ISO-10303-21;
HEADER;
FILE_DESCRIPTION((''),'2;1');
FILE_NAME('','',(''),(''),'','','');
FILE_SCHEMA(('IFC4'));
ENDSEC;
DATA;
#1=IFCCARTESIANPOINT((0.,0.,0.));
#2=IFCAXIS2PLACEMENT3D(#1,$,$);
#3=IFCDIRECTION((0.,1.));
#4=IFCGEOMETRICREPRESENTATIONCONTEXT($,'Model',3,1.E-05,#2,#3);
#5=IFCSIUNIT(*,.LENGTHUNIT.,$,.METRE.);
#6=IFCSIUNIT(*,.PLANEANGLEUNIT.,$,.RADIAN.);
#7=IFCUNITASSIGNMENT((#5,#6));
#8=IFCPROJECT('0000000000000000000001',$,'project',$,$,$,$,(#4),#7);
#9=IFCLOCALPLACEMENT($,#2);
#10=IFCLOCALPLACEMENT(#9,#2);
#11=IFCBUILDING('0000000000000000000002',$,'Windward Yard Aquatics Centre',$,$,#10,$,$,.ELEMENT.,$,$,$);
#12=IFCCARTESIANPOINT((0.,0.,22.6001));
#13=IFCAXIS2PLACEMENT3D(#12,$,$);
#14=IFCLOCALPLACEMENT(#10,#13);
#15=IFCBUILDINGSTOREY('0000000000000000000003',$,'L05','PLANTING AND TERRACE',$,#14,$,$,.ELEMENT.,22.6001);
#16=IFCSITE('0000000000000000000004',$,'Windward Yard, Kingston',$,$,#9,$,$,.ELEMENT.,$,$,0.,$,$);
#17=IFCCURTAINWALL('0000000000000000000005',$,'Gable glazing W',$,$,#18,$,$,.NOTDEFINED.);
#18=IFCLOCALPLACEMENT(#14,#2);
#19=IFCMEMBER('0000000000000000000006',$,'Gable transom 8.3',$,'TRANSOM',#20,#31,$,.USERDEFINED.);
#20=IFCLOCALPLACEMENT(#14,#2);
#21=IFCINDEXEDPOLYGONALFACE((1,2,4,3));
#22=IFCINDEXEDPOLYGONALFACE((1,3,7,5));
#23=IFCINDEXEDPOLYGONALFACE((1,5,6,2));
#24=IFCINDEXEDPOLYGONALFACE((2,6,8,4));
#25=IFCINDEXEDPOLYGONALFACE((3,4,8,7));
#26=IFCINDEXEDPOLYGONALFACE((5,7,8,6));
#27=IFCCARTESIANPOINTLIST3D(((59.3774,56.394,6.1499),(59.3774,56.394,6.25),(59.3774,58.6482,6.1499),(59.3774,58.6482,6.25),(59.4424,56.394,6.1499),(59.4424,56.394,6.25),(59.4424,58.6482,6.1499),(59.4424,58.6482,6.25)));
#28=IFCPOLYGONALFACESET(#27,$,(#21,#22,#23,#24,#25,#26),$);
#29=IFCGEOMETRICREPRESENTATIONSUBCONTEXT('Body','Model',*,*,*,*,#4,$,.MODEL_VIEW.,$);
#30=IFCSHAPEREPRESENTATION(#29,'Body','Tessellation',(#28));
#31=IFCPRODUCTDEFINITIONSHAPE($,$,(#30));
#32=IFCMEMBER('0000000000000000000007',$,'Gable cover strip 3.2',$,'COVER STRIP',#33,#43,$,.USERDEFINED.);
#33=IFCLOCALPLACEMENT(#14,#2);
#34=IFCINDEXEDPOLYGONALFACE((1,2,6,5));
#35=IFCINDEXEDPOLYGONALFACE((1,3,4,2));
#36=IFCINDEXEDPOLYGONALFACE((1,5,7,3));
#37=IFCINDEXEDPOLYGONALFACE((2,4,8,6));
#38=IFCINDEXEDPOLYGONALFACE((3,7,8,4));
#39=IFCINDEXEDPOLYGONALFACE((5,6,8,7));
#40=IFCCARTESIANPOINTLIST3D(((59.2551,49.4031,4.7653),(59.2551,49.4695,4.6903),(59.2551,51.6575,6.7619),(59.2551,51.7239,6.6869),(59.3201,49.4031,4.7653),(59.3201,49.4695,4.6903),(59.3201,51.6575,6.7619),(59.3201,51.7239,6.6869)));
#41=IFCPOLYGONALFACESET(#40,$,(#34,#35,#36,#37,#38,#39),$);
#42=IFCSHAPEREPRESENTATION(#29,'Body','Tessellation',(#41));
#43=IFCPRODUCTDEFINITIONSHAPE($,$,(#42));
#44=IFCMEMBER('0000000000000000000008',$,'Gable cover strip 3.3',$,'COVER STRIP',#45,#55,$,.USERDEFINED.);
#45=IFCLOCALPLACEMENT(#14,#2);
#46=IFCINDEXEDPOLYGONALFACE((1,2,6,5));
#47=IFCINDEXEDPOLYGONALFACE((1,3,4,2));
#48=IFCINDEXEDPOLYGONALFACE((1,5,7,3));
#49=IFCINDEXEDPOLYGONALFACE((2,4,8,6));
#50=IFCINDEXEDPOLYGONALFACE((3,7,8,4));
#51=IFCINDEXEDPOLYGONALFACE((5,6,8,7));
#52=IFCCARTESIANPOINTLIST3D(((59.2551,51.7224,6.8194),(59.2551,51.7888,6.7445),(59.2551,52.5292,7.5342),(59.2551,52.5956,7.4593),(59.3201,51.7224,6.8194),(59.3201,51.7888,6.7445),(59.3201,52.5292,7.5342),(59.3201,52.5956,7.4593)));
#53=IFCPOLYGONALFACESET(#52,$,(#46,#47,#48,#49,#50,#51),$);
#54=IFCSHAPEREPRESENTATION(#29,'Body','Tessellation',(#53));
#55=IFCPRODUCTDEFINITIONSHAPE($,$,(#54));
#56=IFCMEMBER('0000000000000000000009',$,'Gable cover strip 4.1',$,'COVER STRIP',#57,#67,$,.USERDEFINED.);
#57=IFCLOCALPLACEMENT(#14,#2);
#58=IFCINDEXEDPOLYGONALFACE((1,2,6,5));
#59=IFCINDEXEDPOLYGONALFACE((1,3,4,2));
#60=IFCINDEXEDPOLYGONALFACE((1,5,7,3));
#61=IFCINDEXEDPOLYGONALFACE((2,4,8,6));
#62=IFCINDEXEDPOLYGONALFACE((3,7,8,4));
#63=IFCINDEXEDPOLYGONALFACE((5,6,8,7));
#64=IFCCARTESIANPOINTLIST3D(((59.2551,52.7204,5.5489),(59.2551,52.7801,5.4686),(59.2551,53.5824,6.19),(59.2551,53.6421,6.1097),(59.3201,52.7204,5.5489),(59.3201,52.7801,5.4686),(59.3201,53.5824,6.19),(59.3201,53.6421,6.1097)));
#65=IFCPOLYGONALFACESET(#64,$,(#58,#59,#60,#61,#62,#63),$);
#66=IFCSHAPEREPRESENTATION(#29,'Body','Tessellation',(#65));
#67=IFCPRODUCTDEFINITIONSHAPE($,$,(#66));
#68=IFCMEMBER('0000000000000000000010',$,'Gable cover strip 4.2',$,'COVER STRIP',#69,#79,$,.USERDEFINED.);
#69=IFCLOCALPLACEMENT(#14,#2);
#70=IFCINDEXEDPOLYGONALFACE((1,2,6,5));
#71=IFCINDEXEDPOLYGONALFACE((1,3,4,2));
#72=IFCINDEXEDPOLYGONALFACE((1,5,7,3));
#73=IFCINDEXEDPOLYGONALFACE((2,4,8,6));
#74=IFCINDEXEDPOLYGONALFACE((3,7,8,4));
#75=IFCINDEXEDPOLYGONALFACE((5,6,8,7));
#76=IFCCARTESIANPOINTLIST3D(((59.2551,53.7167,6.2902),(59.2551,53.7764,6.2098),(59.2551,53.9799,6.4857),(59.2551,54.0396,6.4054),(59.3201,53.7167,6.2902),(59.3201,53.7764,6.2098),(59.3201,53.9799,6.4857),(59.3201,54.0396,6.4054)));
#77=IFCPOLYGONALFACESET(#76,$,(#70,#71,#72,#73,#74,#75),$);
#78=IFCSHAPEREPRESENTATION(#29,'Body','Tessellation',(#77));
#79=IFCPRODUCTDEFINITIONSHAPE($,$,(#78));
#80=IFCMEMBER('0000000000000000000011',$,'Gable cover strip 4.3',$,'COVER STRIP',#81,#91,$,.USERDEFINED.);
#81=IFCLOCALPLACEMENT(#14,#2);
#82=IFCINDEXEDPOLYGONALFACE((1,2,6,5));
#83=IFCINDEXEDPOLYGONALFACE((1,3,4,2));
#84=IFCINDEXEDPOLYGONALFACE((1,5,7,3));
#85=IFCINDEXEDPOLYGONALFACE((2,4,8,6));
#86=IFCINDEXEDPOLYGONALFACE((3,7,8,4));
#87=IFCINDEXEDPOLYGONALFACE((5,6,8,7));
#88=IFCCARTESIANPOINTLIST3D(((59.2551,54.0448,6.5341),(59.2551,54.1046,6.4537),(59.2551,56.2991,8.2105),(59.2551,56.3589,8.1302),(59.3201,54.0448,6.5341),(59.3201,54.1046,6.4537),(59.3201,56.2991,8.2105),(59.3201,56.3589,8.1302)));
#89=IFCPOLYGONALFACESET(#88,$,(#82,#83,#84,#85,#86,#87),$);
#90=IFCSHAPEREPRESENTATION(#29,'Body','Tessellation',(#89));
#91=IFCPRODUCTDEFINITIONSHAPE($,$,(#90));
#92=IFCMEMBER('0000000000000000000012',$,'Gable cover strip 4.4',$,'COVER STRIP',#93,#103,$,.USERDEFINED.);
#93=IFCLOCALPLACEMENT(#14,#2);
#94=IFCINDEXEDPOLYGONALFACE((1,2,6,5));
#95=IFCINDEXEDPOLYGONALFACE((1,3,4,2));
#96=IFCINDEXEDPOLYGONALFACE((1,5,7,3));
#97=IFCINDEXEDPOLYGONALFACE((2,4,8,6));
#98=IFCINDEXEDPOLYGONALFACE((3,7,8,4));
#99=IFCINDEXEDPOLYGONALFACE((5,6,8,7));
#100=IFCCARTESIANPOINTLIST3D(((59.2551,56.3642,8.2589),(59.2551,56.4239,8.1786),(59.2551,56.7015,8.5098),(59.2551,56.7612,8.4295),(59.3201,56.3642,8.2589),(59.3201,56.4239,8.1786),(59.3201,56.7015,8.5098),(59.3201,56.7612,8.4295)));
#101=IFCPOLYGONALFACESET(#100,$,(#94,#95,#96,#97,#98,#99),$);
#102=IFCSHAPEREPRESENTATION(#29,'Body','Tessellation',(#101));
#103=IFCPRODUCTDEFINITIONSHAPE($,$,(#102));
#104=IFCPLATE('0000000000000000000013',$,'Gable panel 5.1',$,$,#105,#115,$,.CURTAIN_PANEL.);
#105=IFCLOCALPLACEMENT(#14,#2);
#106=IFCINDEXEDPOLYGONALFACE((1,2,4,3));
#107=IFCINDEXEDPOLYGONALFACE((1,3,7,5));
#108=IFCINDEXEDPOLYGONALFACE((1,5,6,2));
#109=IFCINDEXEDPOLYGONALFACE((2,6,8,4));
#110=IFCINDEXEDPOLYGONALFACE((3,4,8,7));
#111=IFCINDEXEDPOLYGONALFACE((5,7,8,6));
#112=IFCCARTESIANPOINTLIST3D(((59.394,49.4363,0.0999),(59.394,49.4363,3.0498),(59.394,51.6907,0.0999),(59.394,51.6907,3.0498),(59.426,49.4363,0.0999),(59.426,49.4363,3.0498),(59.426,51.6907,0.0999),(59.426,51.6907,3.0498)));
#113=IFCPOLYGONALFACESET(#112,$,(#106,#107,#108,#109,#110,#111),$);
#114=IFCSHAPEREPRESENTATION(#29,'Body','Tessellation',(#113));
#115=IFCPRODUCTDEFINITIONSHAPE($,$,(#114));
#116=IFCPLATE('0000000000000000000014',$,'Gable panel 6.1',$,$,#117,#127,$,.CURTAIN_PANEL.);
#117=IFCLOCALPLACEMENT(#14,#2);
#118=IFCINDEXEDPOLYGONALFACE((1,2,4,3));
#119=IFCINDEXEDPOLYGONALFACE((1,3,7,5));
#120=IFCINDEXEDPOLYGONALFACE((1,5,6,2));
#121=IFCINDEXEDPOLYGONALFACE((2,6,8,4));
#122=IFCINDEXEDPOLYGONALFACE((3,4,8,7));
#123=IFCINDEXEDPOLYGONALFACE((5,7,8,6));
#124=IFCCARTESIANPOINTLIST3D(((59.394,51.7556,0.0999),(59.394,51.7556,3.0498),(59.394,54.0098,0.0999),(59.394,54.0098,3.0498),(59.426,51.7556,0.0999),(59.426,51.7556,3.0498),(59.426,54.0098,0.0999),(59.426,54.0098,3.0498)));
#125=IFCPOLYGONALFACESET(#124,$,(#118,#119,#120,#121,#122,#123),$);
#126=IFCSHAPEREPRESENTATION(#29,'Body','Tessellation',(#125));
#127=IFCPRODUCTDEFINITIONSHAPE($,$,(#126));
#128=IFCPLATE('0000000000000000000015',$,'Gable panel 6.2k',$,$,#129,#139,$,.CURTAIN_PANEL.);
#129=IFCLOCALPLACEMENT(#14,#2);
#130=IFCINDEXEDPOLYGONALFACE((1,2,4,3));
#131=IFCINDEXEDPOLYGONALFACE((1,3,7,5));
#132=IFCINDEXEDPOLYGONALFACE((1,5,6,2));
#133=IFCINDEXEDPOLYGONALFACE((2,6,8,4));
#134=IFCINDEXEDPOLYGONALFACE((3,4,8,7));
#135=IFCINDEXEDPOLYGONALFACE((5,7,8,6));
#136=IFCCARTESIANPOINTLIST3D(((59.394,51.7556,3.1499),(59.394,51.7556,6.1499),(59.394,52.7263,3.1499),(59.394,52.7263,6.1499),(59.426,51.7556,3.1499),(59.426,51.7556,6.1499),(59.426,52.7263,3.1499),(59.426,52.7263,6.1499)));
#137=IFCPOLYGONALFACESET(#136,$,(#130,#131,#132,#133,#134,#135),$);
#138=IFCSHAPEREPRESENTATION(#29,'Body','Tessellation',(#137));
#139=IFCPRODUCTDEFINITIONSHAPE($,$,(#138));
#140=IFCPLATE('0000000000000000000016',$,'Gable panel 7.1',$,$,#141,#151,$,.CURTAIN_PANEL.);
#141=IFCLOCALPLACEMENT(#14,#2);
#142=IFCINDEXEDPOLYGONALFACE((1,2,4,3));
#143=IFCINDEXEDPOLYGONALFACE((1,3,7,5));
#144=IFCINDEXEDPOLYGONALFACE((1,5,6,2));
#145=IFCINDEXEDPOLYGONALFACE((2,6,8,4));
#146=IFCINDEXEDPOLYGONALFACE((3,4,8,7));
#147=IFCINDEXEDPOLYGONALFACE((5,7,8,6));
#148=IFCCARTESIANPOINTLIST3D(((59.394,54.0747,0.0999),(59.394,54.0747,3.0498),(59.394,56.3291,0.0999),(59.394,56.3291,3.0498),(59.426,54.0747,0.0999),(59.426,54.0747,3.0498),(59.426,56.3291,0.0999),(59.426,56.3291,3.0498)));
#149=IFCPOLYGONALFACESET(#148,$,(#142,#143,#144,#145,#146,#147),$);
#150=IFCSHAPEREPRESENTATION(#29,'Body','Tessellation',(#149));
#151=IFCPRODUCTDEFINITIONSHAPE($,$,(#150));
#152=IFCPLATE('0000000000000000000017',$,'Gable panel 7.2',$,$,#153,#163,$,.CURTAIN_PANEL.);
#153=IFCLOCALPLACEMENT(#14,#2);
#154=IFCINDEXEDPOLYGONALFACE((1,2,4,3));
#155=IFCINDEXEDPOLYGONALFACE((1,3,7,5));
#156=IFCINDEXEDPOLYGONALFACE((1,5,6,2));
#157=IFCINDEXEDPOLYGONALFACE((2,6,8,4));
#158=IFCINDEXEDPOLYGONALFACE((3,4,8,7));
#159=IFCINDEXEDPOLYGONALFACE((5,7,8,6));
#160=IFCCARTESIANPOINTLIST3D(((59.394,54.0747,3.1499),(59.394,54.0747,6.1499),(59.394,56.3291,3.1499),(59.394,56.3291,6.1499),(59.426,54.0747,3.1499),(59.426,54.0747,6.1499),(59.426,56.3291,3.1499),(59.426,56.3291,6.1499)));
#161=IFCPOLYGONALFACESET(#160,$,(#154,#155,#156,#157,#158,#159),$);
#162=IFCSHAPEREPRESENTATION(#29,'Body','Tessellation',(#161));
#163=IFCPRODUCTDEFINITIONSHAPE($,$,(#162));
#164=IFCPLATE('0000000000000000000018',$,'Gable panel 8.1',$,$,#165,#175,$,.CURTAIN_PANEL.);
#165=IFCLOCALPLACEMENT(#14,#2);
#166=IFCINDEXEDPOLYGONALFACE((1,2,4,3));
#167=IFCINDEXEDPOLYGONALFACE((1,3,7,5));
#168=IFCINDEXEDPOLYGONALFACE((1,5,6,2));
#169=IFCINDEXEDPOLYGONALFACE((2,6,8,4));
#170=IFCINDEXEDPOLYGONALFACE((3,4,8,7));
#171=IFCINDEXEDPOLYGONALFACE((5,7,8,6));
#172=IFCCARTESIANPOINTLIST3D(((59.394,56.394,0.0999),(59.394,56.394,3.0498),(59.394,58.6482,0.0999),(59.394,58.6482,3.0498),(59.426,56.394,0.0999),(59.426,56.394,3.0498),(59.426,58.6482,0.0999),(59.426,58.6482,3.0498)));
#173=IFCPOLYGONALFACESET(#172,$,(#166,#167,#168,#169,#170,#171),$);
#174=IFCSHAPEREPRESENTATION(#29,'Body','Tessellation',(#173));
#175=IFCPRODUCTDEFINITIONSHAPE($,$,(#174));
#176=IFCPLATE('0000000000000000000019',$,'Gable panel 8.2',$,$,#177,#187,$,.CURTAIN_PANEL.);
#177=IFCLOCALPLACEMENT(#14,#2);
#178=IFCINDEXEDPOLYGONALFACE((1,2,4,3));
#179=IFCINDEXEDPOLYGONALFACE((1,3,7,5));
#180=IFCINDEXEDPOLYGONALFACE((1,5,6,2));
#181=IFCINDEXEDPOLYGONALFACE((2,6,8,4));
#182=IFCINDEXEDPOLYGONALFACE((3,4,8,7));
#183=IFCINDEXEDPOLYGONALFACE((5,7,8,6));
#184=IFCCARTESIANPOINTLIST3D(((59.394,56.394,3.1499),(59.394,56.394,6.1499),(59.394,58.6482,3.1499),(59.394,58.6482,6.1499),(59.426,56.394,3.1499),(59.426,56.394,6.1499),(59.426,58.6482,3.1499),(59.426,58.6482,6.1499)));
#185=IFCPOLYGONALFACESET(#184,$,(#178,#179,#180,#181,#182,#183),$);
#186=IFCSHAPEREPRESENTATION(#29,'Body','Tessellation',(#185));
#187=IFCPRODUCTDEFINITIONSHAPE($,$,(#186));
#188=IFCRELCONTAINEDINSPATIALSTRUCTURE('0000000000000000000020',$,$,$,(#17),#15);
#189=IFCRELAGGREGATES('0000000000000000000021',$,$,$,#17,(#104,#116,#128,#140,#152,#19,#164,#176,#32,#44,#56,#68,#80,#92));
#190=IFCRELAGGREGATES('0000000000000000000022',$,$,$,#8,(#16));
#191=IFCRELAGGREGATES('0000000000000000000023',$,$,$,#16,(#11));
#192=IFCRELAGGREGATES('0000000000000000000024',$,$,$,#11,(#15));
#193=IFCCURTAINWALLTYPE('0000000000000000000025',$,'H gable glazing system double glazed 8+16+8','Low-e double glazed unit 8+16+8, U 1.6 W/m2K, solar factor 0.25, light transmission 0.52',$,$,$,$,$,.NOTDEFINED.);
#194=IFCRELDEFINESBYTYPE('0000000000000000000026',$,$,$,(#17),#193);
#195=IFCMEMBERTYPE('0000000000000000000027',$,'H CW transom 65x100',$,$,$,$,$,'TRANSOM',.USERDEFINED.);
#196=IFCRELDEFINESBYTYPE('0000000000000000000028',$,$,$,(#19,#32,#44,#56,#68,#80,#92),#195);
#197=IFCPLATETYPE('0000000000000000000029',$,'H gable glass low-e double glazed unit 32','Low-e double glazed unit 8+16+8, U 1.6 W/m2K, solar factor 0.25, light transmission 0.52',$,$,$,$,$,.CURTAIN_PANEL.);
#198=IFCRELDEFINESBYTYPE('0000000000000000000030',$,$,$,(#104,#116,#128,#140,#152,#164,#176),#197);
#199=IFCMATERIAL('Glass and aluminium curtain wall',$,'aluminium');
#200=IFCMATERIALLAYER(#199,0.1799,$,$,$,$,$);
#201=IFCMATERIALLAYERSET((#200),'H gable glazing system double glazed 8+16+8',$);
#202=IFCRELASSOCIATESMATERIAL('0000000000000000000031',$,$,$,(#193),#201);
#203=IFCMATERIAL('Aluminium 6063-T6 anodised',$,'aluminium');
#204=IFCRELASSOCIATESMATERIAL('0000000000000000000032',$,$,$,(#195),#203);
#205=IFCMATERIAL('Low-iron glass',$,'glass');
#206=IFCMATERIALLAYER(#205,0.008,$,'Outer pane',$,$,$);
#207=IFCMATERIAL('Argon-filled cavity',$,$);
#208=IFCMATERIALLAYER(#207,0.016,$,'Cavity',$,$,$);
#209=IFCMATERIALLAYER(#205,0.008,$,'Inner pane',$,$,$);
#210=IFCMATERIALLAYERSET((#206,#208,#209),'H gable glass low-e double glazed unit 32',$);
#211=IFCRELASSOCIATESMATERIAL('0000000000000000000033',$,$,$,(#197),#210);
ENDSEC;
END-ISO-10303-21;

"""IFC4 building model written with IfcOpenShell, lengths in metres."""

from ifc_helpers import new_model, si_unit, direction, frame, origin, origin_2d, place, context, subcontext, project, spatial, polyline, rectangle, outline, extrude, material, layer, layer_set, material_profile, profile_set, type_object, element, aggregate, save


model = new_model("IFC4")

# Units and contexts
model_context = context("Model", 3, precision=1e-05, world=origin(), true_north=direction((0.0, 1.0)))
body_context = subcontext(model_context, "Body", "Model", "MODEL_VIEW")
ifc_project = project(units=[si_unit("LENGTHUNIT", "METRE"), si_unit("PLANEANGLEUNIT", "RADIAN")], contexts=[model_context])

# Site, building, storey
site_placement = place(None, origin())
site = spatial("IfcSite", under=ifc_project, at=site_placement, Name="Windward Yard, Kingston", CompositionType="ELEMENT", RefElevation=0.0)
building_placement = place(site_placement, origin())
building = spatial("IfcBuilding", under=site, at=building_placement, Name="Windward Yard Aquatics Centre", CompositionType="ELEMENT")
storey_placement = place(building_placement, frame((0.0, 0.0, 22.6001)))
storey = spatial("IfcBuildingStorey", under=building, at=storey_placement, Name="L05", Description="PLANTING AND TERRACE", CompositionType="ELEMENT", Elevation=22.6001)

# Curtain wall, members, plates
ifc_material_1 = material(Name="Glass and aluminium curtain wall", Category="aluminium")
ifc_layer_1 = layer(ifc_material_1, 0.1799)
ifc_layer_set_1 = layer_set([ifc_layer_1], Name="H gable glazing system double glazed 8+16+8")
curtain_wall_type = type_object("IfcCurtainWallType", Name="H gable glazing system double glazed 8+16+8", Description="Low-e double glazed unit 8+16+8, U 1.6 W/m2K, solar factor 0.25, light transmission 0.52", PredefinedType="NOTDEFINED", material=ifc_layer_set_1)
curtain_wall_placement = place(storey_placement, origin())
curtain_wall = element("IfcCurtainWall", 1, at=curtain_wall_placement, inside=storey, type_object=curtain_wall_type, Name="Gable glazing W", PredefinedType="NOTDEFINED")
ifc_material_2 = material(Name="Aluminium 6063-T6 anodised", Category="aluminium")
ifc_material_profile_1 = material_profile(ifc_material_2, rectangle(XDim=0.0649, YDim=0.1001, at=origin_2d()), Name="H CW transom 65x100")
ifc_profile_set_1 = profile_set([ifc_material_profile_1], Name="Aluminium 6063-T6 anodised")
member_type_1 = type_object("IfcMemberType", Name="H CW transom 65x100", ElementType="TRANSOM", PredefinedType="USERDEFINED", material=ifc_profile_set_1)
member_1_placement = place(storey_placement, frame((59.4099, 56.394, 6.2), z_axis=(0.0, 1.0, 0.0), x_axis=(-1.0, 0.0, 0.0)))
member_1 = element("IfcMember", 2, at=member_1_placement, type_object=member_type_1, Name="Gable transom 8.3", ObjectType="TRANSOM", PredefinedType="USERDEFINED", context=body_context, shape_type="SweptSolid", body=[
    extrude(rectangle(XDim=0.0649, YDim=0.1001, at=origin_2d()), origin(), (0.0, 0.0, 1.0), 2.2542),
])
member_2_placement = place(storey_placement, frame((59.2876, 49.4363, 4.7278), z_axis=(0.0, 0.748616, 0.663004), x_axis=(-1.0, 0.0, 0.0)))
member_2 = element("IfcMember", 3, at=member_2_placement, type_object=member_type_1, Name="Gable cover strip 3.2", ObjectType="COVER STRIP", PredefinedType="USERDEFINED", context=body_context, shape_type="SweptSolid", body=[
    extrude(rectangle(XDim=0.0649, YDim=0.1001, at=origin_2d()), origin(), (0.0, 0.0, 1.0), 3.0115),
])
member_3_placement = place(storey_placement, frame((59.2876, 51.7556, 6.782), z_axis=(0.0, 0.748508, 0.663126), x_axis=(-1.0, 0.0, 0.0)))
member_3 = element("IfcMember", 4, at=member_3_placement, type_object=member_type_1, Name="Gable cover strip 3.3", ObjectType="COVER STRIP", PredefinedType="USERDEFINED", context=body_context, shape_type="SweptSolid", body=[
    extrude(rectangle(XDim=0.0649, YDim=0.1001, at=origin_2d()), origin(), (0.0, 0.0, 1.0), 1.0779),
])
member_4_placement = place(storey_placement, frame((59.2876, 52.7502, 5.5088), z_axis=(0.0, 0.80242, 0.596759), x_axis=(-1.0, 0.0, 0.0)))
member_4 = element("IfcMember", 5, at=member_4_placement, type_object=member_type_1, Name="Gable cover strip 4.1", ObjectType="COVER STRIP", PredefinedType="USERDEFINED", context=body_context, shape_type="SweptSolid", body=[
    extrude(rectangle(XDim=0.0649, YDim=0.1001, at=origin_2d()), origin(), (0.0, 0.0, 1.0), 1.0742),
])
member_5_placement = place(storey_placement, frame((59.2876, 53.7466, 6.25), z_axis=(0.0, 0.802673, 0.59642), x_axis=(-1.0, 0.0, 0.0)))
member_5 = element("IfcMember", 6, at=member_5_placement, type_object=member_type_1, Name="Gable cover strip 4.2", ObjectType="COVER STRIP", PredefinedType="USERDEFINED", context=body_context, shape_type="SweptSolid", body=[
    extrude(rectangle(XDim=0.0649, YDim=0.1001, at=origin_2d()), origin(), (0.0, 0.0, 1.0), 0.3279),
])
member_6_placement = place(storey_placement, frame((59.2876, 54.0747, 6.4939), z_axis=(0.0, 0.802434, 0.596742), x_axis=(-1.0, 0.0, 0.0)))
member_6 = element("IfcMember", 7, at=member_6_placement, type_object=member_type_1, Name="Gable cover strip 4.3", ObjectType="COVER STRIP", PredefinedType="USERDEFINED", context=body_context, shape_type="SweptSolid", body=[
    extrude(rectangle(XDim=0.0649, YDim=0.1001, at=origin_2d()), origin(), (0.0, 0.0, 1.0), 2.8093),
])
member_7_placement = place(storey_placement, frame((59.2876, 56.394, 8.2188), z_axis=(0.0, 0.802363, 0.596837), x_axis=(-1.0, 0.0, 0.0)))
member_7 = element("IfcMember", 8, at=member_7_placement, type_object=member_type_1, Name="Gable cover strip 4.4", ObjectType="COVER STRIP", PredefinedType="USERDEFINED", context=body_context, shape_type="SweptSolid", body=[
    extrude(rectangle(XDim=0.0649, YDim=0.1001, at=origin_2d()), origin(), (0.0, 0.0, 1.0), 0.4204),
])
ifc_material_3 = material(Name="Low-iron glass", Category="glass")
ifc_layer_2 = layer(ifc_material_3, 0.008, Name="Outer pane")
ifc_material_4 = material(Name="Argon-filled cavity")
ifc_layer_3 = layer(ifc_material_4, 0.016, Name="Cavity")
ifc_layer_4 = layer(ifc_material_3, 0.008, Name="Inner pane")
ifc_layer_set_2 = layer_set([ifc_layer_2, ifc_layer_3, ifc_layer_4], Name="H gable glass low-e double glazed unit 32")
plate_type = type_object("IfcPlateType", Name="H gable glass low-e double glazed unit 32", Description="Low-e double glazed unit 8+16+8, U 1.6 W/m2K, solar factor 0.25, light transmission 0.52", PredefinedType="CURTAIN_PANEL", material=ifc_layer_set_2)
plate_1_placement = place(storey_placement, frame((59.394, 49.4363, 0.0999), z_axis=(-1.0, 0.0, 0.0), x_axis=(0.0, 0.0, 1.0)))
plate_1 = element("IfcPlate", 9, at=plate_1_placement, type_object=plate_type, Name="Gable panel 5.1", PredefinedType="CURTAIN_PANEL", context=body_context, shape_type="SweptSolid", body=[
    extrude(outline(polyline([(0.0, 0.0), (2.95, 0.0), (2.95, 2.2544), (0.0, 2.2544), (0.0, 0.0)])), origin(), (0.0, 0.0, -1.0), 0.032),
])
plate_2_placement = place(storey_placement, frame((59.394, 51.7556, 0.0999), z_axis=(-1.0, 0.0, 0.0), x_axis=(0.0, 0.0, 1.0)))
plate_2 = element("IfcPlate", 10, at=plate_2_placement, type_object=plate_type, Name="Gable panel 6.1", PredefinedType="CURTAIN_PANEL", context=body_context, shape_type="SweptSolid", body=[
    extrude(outline(polyline([(0.0, 0.0), (2.95, 0.0), (2.95, 2.2542), (0.0, 2.2542), (0.0, 0.0)])), origin(), (0.0, 0.0, -1.0), 0.032),
])
plate_3_placement = place(storey_placement, frame((59.394, 51.7556, 3.1499), z_axis=(-1.0, 0.0, 0.0), x_axis=(0.0, 0.0, 1.0)))
plate_3 = element("IfcPlate", 11, at=plate_3_placement, type_object=plate_type, Name="Gable panel 6.2k", PredefinedType="CURTAIN_PANEL", context=body_context, shape_type="SweptSolid", body=[
    extrude(outline(polyline([(0.0, 0.0), (3.0, 0.0), (3.0, 0.9707), (0.0, 0.9707), (0.0, 0.0)])), origin(), (0.0, 0.0, -1.0), 0.032),
])
plate_4_placement = place(storey_placement, frame((59.394, 54.0747, 0.0999), z_axis=(-1.0, 0.0, 0.0), x_axis=(0.0, 0.0, 1.0)))
plate_4 = element("IfcPlate", 12, at=plate_4_placement, type_object=plate_type, Name="Gable panel 7.1", PredefinedType="CURTAIN_PANEL", context=body_context, shape_type="SweptSolid", body=[
    extrude(outline(polyline([(0.0, 0.0), (2.95, 0.0), (2.95, 2.2544), (0.0, 2.2544), (0.0, 0.0)])), origin(), (0.0, 0.0, -1.0), 0.032),
])
plate_5_placement = place(storey_placement, frame((59.394, 54.0747, 3.1499), z_axis=(-1.0, 0.0, 0.0), x_axis=(0.0, 0.0, 1.0)))
plate_5 = element("IfcPlate", 13, at=plate_5_placement, type_object=plate_type, Name="Gable panel 7.2", PredefinedType="CURTAIN_PANEL", context=body_context, shape_type="SweptSolid", body=[
    extrude(outline(polyline([(0.0, 0.0), (3.0, 0.0), (3.0, 2.2544), (0.0, 2.2544), (0.0, 0.0)])), origin(), (0.0, 0.0, -1.0), 0.032),
])
plate_6_placement = place(storey_placement, frame((59.394, 56.394, 0.0999), z_axis=(-1.0, 0.0, 0.0), x_axis=(0.0, 0.0, 1.0)))
plate_6 = element("IfcPlate", 14, at=plate_6_placement, type_object=plate_type, Name="Gable panel 8.1", PredefinedType="CURTAIN_PANEL", context=body_context, shape_type="SweptSolid", body=[
    extrude(outline(polyline([(0.0, 0.0), (2.95, 0.0), (2.95, 2.2542), (0.0, 2.2542), (0.0, 0.0)])), origin(), (0.0, 0.0, -1.0), 0.032),
])
plate_7_placement = place(storey_placement, frame((59.394, 56.394, 3.1499), z_axis=(-1.0, 0.0, 0.0), x_axis=(0.0, 0.0, 1.0)))
plate_7 = element("IfcPlate", 15, at=plate_7_placement, type_object=plate_type, Name="Gable panel 8.2", PredefinedType="CURTAIN_PANEL", context=body_context, shape_type="SweptSolid", body=[
    extrude(outline(polyline([(0.0, 0.0), (3.0, 0.0), (3.0, 2.2542), (0.0, 2.2542), (0.0, 0.0)])), origin(), (0.0, 0.0, -1.0), 0.032),
])
aggregate(curtain_wall, [plate_1, plate_2, plate_3, plate_4, plate_5, member_1, plate_6, plate_7, member_2, member_3, member_4, member_5, member_6, member_7])

save(model, "model.ifc")
